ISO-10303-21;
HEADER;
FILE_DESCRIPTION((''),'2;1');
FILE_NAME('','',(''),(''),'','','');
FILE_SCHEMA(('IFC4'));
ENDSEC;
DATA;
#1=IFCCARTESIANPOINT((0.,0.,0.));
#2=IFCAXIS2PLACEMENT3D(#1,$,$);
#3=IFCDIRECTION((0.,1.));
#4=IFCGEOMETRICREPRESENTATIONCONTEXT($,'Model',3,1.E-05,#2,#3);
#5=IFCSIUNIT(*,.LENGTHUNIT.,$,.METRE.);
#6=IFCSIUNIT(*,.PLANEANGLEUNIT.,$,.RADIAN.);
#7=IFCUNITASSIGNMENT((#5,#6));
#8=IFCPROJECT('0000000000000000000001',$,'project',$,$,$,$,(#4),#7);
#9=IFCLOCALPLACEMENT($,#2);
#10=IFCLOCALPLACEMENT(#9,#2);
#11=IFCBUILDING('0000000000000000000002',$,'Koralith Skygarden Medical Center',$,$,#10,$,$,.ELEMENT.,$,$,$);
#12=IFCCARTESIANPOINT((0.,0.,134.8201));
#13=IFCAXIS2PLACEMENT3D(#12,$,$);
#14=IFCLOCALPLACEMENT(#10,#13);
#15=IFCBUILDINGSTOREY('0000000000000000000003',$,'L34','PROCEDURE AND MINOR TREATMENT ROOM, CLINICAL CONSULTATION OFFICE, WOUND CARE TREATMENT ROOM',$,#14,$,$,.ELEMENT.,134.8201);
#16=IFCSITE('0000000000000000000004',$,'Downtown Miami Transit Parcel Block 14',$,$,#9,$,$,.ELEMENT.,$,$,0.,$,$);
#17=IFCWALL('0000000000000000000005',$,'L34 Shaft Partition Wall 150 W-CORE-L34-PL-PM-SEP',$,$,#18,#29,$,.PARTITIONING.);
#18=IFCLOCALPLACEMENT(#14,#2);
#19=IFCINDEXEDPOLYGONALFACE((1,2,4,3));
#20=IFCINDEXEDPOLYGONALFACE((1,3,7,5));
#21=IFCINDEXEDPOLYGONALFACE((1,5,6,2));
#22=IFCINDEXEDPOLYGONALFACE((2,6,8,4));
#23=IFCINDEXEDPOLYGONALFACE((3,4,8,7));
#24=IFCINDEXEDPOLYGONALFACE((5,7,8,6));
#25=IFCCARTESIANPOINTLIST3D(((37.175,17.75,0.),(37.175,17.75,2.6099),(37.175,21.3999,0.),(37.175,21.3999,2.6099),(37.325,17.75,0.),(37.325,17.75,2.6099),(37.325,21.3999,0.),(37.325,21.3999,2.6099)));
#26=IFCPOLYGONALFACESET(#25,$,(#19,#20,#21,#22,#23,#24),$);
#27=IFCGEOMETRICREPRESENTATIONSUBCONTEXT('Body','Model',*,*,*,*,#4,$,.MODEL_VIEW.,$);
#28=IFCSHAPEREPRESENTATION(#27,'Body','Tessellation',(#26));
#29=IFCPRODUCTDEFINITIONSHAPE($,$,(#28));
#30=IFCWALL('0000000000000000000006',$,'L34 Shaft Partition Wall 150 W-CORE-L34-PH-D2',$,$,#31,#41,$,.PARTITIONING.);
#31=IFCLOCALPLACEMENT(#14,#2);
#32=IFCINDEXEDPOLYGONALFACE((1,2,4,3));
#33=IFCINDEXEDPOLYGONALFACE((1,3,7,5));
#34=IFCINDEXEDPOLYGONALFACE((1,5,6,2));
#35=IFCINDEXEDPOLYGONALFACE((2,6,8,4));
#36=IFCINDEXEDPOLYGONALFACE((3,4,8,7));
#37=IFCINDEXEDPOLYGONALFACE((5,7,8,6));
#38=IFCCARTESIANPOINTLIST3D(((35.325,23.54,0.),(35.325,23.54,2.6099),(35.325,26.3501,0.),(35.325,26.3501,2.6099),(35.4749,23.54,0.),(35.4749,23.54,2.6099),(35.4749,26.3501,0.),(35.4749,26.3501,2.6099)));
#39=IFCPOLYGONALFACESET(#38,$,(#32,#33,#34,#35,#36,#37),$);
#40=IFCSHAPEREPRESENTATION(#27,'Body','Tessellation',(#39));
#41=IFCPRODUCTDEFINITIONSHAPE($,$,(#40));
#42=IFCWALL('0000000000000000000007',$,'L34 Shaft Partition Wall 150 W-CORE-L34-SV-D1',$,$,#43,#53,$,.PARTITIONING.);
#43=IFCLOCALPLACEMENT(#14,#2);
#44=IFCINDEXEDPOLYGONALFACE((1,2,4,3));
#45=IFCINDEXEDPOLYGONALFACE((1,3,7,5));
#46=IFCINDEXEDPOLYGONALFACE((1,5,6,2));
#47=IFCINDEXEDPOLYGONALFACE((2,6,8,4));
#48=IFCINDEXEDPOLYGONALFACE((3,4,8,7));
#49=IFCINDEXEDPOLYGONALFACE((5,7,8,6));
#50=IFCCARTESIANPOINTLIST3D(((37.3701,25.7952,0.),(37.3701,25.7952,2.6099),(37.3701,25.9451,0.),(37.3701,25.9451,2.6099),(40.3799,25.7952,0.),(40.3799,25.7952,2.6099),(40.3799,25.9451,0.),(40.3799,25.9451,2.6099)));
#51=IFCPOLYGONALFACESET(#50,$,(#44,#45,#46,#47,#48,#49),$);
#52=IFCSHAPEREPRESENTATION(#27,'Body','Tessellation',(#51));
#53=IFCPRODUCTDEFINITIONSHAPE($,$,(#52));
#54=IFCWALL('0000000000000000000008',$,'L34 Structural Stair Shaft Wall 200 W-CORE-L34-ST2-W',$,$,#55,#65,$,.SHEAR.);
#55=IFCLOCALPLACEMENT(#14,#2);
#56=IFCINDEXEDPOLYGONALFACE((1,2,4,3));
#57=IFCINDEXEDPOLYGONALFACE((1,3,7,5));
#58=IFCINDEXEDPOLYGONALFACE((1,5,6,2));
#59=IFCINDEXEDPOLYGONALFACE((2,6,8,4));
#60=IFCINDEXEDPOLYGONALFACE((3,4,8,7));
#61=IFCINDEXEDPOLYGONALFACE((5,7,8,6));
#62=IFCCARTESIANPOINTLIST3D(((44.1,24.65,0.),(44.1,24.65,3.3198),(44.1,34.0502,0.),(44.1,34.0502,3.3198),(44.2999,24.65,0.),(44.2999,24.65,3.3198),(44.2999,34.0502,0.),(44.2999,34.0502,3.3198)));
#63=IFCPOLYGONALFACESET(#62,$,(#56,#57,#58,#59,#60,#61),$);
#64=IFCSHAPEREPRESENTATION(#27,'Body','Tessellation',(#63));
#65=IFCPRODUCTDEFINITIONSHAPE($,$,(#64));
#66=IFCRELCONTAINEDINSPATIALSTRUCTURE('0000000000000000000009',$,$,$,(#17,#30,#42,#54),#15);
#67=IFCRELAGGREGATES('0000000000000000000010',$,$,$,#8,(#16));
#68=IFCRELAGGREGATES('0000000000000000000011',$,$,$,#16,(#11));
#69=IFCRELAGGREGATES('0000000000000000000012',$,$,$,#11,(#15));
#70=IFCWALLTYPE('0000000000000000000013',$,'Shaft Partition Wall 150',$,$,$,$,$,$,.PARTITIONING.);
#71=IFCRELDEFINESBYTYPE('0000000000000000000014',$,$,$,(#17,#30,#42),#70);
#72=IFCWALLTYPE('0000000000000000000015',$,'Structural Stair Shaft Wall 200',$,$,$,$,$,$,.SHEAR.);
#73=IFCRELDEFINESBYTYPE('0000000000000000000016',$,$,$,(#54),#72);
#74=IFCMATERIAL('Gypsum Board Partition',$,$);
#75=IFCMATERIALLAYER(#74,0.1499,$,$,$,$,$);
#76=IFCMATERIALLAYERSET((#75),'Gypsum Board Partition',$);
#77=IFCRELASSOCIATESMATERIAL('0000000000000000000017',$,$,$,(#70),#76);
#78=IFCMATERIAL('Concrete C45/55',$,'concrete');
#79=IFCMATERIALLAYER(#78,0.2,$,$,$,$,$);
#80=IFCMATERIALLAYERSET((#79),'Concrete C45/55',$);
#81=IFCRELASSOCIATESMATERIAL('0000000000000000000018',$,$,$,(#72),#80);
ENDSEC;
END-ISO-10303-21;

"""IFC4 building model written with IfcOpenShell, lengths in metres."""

from ifc_helpers import new_model, si_unit, direction, frame, frame_2d, origin, place, context, subcontext, project, spatial, rectangle, extrude, material, layer, layer_set, type_object, element, save


model = new_model("IFC4")

# Units and contexts
model_context = context("Model", 3, precision=1e-05, world=origin(), true_north=direction((0.0, 1.0)))
body_context = subcontext(model_context, "Body", "Model", "MODEL_VIEW")
ifc_project = project(units=[si_unit("LENGTHUNIT", "METRE"), si_unit("PLANEANGLEUNIT", "RADIAN")], contexts=[model_context])

# Site, building, storey
site_placement = place(None, origin())
site = spatial("IfcSite", under=ifc_project, at=site_placement, Name="Downtown Miami Transit Parcel Block 14", CompositionType="ELEMENT", RefElevation=0.0)
building_placement = place(site_placement, origin())
building = spatial("IfcBuilding", under=site, at=building_placement, Name="Koralith Skygarden Medical Center", CompositionType="ELEMENT")
storey_placement = place(building_placement, frame((0.0, 0.0, 134.8201)))
storey = spatial("IfcBuildingStorey", under=building, at=storey_placement, Name="L34", Description="PROCEDURE AND MINOR TREATMENT ROOM, CLINICAL CONSULTATION OFFICE, WOUND CARE TREATMENT ROOM", CompositionType="ELEMENT", Elevation=134.8201)

# Shared definitions
ifc_material_1 = material(Name="Concrete C45/55", Category="concrete")

# Shared definitions
ifc_material_2 = material(Name="Gypsum Board Partition")

# Walls
ifc_layer_1 = layer(ifc_material_2, 0.1499)
ifc_layer_set_1 = layer_set([ifc_layer_1], Name="Gypsum Board Partition")
wall_type_1 = type_object("IfcWallType", Name="Shaft Partition Wall 150", PredefinedType="PARTITIONING", material=ifc_layer_set_1)
wall_1_placement = place(storey_placement, frame((37.25, 17.75, 0.0), z_axis=(0.0, 0.0, 1.0), x_axis=(0.0, 1.0, 0.0)))
element("IfcWall", 1, at=wall_1_placement, inside=storey, type_object=wall_type_1, Name="L34 Shaft Partition Wall 150 W-CORE-L34-PL-PM-SEP", PredefinedType="PARTITIONING", context=body_context, shape_type="SweptSolid", body=[
    extrude(rectangle(XDim=3.6499, YDim=0.1499, at=frame_2d((1.825, 0.0))), origin(), (0.0, 0.0, 1.0), 2.6099),
])
wall_2_placement = place(storey_placement, frame((35.3999, 23.54, 0.0), z_axis=(0.0, 0.0, 1.0), x_axis=(0.0, 1.0, 0.0)))
element("IfcWall", 2, at=wall_2_placement, inside=storey, type_object=wall_type_1, Name="L34 Shaft Partition Wall 150 W-CORE-L34-PH-D2", PredefinedType="PARTITIONING", context=body_context, shape_type="SweptSolid", body=[
    extrude(rectangle(XDim=2.8101, YDim=0.1499, at=frame_2d((1.405, 0.0))), origin(), (0.0, 0.0, 1.0), 2.6099),
])
wall_3_placement = place(storey_placement, frame((37.3701, 25.8701, 0.0), z_axis=(0.0, 0.0, 1.0), x_axis=(1.0, 0.0, 0.0)))
element("IfcWall", 3, at=wall_3_placement, inside=storey, type_object=wall_type_1, Name="L34 Shaft Partition Wall 150 W-CORE-L34-SV-D1", PredefinedType="PARTITIONING", context=body_context, shape_type="SweptSolid", body=[
    extrude(rectangle(XDim=3.0098, YDim=0.1499, at=frame_2d((1.5049, 0.0))), origin(), (0.0, 0.0, 1.0), 2.6099),
])
ifc_layer_2 = layer(ifc_material_1, 0.2)
ifc_layer_set_2 = layer_set([ifc_layer_2], Name="Concrete C45/55")
wall_type_2 = type_object("IfcWallType", Name="Structural Stair Shaft Wall 200", PredefinedType="SHEAR", material=ifc_layer_set_2)
wall_4_placement = place(storey_placement, frame((44.2, 24.6499, 0.0), z_axis=(0.0, 0.0, 1.0), x_axis=(0.0, 1.0, 0.0)))
element("IfcWall", 4, at=wall_4_placement, inside=storey, type_object=wall_type_2, Name="L34 Structural Stair Shaft Wall 200 W-CORE-L34-ST2-W", PredefinedType="SHEAR", context=body_context, shape_type="SweptSolid", body=[
    extrude(rectangle(XDim=9.4001, YDim=0.2, at=frame_2d((4.7002, 0.0))), origin(), (0.0, 0.0, 1.0), 3.3198),
])

save(model, "model.ifc")
